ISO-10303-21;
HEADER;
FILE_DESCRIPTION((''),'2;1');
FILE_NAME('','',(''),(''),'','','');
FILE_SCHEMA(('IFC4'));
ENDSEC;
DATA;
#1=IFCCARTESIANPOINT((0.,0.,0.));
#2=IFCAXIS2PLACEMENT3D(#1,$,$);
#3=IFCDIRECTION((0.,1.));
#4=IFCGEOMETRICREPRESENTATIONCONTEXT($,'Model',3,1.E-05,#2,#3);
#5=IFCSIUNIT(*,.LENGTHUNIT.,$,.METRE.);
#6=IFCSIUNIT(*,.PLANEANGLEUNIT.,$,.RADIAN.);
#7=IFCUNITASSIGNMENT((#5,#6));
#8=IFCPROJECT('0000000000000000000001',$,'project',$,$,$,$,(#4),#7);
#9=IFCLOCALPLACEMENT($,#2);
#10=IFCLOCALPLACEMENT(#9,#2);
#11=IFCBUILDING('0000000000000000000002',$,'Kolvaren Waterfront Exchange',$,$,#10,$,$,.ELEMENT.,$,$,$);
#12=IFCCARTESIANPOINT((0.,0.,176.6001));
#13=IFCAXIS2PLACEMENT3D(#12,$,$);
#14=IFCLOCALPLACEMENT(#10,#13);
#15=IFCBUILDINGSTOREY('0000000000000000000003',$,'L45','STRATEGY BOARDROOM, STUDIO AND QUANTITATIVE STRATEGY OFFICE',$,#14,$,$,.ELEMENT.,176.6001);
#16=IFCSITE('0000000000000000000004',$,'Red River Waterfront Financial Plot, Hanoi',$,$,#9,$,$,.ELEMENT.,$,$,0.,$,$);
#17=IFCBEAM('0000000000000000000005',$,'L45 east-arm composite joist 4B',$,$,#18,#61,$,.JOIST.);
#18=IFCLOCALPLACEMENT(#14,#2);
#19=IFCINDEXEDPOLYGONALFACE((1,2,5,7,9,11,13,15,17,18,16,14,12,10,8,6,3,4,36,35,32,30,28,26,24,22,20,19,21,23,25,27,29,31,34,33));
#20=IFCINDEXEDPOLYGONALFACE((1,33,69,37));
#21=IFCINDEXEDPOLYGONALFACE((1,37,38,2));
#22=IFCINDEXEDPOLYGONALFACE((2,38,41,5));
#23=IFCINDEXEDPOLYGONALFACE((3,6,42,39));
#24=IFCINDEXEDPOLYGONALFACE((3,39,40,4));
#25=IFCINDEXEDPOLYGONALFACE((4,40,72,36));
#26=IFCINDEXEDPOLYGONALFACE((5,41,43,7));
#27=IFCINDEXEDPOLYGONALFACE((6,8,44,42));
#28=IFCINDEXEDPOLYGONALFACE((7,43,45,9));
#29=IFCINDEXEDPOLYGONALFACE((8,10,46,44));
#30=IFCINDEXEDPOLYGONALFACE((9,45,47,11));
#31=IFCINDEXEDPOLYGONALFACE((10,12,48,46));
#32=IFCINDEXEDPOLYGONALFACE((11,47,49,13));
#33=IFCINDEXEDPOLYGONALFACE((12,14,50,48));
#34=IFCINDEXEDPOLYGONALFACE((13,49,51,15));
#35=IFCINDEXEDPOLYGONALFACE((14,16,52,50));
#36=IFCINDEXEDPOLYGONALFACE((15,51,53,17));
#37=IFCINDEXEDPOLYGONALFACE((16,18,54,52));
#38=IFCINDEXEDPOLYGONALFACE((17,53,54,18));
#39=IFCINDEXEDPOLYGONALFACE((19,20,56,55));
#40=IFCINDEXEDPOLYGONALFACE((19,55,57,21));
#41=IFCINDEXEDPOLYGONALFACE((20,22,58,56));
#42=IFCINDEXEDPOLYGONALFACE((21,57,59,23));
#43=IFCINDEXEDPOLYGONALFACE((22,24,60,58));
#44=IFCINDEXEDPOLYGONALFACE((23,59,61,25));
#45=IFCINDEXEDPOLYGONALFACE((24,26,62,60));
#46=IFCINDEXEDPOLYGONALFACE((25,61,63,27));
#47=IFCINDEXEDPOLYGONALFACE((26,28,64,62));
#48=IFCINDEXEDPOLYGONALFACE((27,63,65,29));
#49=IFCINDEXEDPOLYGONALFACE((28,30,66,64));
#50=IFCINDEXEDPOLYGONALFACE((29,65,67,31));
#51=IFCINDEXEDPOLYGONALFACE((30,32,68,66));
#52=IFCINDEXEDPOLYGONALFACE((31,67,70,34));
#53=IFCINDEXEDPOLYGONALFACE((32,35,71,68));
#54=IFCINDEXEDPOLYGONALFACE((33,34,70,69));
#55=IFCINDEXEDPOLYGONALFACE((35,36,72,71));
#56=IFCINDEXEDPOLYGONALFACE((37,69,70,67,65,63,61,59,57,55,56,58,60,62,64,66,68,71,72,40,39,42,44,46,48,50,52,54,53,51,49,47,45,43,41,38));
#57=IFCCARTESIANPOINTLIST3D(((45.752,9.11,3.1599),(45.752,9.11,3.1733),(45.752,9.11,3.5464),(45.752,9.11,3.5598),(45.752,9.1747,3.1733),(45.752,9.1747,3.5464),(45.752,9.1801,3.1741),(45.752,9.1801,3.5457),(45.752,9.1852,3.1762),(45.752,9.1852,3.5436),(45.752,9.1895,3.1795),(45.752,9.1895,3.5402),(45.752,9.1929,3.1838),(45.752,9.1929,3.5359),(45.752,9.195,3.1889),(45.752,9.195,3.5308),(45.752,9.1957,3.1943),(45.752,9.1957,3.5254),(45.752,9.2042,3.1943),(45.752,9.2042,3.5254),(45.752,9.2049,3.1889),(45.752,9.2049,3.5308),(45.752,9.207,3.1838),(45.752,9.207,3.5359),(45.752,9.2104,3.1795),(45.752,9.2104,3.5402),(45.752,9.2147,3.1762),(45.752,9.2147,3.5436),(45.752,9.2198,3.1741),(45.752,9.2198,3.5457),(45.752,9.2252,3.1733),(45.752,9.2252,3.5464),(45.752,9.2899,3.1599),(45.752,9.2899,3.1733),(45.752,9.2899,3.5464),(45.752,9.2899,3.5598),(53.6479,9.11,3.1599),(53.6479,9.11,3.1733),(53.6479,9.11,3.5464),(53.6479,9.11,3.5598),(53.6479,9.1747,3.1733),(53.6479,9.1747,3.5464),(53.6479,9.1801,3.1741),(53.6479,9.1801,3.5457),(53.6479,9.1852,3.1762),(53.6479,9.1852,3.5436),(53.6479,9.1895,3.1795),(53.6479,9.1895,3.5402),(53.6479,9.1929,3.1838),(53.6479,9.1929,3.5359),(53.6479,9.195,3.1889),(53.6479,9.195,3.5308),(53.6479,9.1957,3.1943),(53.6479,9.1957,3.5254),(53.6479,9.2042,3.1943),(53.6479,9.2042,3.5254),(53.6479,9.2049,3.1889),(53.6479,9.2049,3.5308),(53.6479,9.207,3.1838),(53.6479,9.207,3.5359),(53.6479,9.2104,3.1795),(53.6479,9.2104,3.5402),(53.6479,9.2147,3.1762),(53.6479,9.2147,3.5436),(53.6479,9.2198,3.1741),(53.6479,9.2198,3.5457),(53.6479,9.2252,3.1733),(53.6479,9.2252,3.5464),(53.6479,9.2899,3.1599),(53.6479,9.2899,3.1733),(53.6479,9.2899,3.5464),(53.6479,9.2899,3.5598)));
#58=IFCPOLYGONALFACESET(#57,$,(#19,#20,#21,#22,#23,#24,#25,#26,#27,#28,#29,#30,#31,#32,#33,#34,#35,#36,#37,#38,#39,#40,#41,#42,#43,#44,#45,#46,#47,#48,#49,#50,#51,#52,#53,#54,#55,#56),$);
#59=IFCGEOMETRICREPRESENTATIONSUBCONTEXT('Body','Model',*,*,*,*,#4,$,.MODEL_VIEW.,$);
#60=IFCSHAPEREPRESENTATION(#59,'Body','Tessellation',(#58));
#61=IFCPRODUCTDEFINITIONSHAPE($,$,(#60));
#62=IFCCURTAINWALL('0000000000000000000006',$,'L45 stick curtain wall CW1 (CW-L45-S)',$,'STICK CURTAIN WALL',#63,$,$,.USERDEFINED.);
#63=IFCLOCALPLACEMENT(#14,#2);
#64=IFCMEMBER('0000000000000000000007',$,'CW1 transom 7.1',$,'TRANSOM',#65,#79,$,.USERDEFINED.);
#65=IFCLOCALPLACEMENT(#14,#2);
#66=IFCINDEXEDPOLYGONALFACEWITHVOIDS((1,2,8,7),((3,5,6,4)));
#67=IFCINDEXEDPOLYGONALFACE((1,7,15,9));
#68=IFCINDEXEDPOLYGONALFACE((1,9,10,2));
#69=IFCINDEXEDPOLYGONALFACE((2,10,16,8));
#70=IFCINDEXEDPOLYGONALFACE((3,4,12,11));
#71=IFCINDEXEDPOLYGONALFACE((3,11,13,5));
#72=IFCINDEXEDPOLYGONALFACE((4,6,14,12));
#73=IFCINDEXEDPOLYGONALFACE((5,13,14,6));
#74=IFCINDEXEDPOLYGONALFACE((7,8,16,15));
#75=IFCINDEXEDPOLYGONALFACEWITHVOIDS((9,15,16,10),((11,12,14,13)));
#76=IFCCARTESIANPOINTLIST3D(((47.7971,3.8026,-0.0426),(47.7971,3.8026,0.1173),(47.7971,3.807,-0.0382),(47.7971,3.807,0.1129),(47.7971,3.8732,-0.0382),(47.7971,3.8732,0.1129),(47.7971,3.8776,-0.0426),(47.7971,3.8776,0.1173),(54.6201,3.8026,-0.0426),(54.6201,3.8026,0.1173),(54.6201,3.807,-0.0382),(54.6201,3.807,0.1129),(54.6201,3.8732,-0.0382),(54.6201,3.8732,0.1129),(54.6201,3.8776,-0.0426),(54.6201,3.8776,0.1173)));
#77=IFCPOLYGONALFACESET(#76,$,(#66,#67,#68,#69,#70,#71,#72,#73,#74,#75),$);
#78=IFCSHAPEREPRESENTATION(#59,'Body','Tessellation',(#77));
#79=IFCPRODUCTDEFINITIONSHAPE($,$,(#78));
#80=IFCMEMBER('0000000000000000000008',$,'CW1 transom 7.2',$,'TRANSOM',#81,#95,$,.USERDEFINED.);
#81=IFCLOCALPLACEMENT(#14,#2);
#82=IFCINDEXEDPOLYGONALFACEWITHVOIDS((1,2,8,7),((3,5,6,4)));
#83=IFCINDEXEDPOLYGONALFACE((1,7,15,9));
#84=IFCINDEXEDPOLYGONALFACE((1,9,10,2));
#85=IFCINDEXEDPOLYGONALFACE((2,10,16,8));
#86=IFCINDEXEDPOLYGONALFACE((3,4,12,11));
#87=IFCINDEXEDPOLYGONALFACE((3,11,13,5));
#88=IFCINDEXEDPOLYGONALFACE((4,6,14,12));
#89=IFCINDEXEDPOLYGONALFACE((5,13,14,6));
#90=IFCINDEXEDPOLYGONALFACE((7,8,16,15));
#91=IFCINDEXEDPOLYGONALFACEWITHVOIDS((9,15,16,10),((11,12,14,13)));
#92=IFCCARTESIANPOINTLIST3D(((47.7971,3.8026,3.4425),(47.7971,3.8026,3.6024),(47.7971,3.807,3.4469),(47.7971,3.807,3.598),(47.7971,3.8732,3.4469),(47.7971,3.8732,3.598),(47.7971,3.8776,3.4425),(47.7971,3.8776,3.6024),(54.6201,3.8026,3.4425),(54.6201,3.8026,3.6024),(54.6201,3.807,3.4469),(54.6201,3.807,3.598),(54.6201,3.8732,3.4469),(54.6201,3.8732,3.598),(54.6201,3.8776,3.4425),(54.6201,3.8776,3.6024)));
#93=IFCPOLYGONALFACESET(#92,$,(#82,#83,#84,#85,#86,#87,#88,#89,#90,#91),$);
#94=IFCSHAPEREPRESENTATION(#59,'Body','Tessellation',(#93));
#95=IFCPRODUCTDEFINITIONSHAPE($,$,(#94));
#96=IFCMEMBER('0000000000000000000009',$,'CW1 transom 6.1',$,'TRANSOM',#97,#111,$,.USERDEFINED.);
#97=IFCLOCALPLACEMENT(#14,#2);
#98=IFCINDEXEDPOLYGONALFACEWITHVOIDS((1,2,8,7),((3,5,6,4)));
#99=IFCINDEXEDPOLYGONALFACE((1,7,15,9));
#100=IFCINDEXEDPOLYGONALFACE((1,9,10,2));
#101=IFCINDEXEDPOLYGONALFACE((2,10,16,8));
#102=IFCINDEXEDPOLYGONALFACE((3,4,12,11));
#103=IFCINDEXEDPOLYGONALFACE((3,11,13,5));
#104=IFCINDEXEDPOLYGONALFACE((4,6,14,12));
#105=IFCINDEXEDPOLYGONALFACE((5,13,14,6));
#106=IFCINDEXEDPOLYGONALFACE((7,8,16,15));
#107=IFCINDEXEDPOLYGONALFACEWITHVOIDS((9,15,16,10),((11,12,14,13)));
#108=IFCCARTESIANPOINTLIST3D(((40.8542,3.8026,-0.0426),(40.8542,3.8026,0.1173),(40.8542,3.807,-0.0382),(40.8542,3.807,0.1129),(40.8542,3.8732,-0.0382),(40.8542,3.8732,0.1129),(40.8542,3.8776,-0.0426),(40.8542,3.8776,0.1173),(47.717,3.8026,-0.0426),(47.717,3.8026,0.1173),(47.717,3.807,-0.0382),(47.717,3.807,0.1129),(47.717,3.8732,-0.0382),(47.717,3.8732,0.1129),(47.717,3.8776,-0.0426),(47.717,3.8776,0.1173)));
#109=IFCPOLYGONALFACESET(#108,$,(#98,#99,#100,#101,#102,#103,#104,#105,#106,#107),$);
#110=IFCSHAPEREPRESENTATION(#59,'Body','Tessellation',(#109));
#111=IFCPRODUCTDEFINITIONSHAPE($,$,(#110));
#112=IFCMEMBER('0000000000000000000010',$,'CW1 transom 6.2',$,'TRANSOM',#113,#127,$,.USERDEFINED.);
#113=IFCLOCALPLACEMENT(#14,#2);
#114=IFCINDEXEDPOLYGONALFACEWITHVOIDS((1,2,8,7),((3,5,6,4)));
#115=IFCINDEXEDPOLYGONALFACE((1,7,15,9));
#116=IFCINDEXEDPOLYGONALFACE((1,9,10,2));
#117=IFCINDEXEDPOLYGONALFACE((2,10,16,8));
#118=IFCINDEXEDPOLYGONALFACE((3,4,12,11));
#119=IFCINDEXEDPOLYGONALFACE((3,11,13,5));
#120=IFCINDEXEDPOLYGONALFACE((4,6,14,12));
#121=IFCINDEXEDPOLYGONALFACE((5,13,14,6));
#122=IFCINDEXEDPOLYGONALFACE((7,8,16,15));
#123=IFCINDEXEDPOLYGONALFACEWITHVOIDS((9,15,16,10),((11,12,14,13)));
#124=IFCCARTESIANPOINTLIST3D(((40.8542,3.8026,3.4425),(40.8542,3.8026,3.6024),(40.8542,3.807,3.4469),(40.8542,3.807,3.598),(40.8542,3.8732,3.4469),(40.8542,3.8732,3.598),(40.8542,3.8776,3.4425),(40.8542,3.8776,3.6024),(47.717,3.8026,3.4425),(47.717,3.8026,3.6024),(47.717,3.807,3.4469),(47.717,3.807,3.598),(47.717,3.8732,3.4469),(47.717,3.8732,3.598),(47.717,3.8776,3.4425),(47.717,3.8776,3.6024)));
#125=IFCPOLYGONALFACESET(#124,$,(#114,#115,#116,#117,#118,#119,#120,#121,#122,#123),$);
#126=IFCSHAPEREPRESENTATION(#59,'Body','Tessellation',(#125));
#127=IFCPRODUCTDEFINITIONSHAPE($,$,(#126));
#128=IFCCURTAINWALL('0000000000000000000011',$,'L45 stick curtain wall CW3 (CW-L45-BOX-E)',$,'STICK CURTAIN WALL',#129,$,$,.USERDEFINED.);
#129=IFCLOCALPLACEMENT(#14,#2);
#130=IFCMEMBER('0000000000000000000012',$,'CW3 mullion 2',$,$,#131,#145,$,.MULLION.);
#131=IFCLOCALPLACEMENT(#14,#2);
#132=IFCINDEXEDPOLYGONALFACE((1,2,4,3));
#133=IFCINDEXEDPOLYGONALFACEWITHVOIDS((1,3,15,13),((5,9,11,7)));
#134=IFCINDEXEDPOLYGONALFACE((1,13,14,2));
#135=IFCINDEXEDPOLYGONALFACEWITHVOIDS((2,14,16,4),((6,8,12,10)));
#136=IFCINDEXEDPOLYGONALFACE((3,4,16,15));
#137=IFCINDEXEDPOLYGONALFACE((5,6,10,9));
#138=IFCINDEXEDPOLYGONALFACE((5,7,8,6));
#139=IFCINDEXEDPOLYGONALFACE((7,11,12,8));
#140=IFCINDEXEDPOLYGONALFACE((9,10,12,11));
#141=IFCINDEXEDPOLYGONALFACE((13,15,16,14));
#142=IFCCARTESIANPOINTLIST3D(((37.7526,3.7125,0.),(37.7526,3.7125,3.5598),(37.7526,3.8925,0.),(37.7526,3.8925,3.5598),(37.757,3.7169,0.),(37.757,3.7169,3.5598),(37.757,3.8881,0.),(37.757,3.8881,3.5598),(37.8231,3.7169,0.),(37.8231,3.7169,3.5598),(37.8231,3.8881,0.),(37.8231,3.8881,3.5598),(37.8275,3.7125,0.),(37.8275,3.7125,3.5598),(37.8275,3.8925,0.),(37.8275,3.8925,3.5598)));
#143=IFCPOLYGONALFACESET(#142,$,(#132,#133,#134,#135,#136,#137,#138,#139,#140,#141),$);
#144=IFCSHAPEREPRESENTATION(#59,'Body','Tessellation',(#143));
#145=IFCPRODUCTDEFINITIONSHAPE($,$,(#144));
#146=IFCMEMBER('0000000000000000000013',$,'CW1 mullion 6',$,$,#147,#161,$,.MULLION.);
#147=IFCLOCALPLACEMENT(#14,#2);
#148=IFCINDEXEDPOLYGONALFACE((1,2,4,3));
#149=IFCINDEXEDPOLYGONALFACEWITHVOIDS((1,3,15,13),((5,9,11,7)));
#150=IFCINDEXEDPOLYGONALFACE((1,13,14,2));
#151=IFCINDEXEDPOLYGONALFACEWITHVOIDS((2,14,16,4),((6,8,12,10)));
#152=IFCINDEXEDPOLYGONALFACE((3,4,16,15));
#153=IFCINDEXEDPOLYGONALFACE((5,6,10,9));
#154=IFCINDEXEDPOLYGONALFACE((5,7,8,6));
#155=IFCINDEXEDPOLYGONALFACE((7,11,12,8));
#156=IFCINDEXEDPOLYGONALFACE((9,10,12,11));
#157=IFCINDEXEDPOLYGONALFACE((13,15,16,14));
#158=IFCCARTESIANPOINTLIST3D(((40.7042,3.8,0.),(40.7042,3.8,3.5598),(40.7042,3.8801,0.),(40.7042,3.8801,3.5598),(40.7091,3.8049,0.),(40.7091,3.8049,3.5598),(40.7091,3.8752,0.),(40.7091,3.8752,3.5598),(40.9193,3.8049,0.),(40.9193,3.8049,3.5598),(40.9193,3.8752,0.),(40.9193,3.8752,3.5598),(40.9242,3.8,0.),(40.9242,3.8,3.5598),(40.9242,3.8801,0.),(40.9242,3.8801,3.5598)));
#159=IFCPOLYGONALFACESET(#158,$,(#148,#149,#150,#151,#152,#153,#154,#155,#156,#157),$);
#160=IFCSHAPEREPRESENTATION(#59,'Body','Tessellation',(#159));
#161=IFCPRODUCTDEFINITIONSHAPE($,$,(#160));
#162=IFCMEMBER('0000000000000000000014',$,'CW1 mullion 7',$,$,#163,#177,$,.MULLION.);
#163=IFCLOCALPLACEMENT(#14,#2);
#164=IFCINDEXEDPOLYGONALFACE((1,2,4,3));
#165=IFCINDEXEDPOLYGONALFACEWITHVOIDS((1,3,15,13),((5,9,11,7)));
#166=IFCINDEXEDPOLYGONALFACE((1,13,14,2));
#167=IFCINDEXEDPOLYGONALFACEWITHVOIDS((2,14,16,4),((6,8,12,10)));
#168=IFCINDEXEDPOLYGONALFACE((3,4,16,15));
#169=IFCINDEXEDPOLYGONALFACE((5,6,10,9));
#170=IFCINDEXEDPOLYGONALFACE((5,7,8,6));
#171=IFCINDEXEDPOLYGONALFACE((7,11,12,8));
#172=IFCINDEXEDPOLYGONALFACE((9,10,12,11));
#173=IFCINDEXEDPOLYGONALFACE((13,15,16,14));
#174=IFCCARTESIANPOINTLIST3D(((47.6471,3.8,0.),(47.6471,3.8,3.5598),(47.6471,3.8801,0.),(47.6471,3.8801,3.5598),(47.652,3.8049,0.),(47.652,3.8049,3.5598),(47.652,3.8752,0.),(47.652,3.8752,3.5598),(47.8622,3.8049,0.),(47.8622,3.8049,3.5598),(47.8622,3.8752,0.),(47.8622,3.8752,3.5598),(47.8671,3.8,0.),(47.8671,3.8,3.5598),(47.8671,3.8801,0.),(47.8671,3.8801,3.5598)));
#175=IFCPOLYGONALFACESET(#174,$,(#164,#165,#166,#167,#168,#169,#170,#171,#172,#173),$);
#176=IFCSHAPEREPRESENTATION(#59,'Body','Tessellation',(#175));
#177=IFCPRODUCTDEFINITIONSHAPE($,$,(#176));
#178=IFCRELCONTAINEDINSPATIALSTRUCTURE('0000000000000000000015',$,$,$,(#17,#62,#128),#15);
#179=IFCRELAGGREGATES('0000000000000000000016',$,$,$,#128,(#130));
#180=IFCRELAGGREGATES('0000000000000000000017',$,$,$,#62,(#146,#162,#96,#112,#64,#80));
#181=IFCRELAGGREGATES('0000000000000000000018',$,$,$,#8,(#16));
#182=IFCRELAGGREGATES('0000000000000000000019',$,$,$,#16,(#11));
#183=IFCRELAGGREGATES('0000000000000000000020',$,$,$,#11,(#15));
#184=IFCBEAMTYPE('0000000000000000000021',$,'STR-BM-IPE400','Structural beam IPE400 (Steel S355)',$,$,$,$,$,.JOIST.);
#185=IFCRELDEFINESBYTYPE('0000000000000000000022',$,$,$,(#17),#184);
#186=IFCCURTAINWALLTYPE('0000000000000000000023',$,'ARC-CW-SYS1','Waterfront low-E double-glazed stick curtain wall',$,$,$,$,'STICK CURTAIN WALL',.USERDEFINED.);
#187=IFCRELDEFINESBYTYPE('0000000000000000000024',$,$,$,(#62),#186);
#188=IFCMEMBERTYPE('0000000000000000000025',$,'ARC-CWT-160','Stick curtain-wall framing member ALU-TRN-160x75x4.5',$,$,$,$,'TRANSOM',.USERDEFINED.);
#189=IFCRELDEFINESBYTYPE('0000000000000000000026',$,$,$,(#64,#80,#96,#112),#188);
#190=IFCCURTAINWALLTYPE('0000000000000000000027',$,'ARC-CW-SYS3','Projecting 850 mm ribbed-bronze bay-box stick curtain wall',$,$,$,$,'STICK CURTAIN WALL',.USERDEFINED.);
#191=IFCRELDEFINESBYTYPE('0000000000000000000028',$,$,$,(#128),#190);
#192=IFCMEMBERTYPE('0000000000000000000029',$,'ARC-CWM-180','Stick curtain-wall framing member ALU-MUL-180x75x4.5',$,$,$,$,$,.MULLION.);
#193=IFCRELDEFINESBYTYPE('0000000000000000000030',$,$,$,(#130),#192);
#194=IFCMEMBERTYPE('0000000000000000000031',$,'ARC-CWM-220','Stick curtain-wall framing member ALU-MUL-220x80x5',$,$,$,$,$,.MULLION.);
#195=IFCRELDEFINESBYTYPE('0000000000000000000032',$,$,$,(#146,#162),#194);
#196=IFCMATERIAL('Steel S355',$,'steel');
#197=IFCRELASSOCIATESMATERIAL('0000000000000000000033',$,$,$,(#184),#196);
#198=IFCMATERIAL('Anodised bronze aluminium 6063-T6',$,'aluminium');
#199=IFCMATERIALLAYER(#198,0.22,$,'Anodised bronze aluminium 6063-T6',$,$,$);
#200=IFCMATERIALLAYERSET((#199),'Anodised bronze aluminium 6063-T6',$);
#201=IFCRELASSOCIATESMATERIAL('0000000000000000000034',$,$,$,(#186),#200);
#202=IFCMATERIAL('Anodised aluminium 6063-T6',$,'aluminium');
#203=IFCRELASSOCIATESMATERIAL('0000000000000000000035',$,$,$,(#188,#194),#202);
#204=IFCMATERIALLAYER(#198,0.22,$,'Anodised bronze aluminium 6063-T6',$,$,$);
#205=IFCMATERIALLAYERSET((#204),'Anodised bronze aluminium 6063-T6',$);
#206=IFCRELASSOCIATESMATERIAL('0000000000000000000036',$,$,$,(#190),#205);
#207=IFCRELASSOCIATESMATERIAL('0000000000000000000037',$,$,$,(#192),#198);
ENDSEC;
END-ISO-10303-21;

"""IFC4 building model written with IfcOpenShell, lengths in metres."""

from ifc_helpers import new_model, si_unit, direction, frame, origin, origin_with_axes, origin_2d, place, context, subcontext, project, spatial, hollow_rectangle, i_section, extrude, source, transform, mapped, material, layer, layer_set, material_profile, profile_set, type_object, element, aggregate, save


model = new_model("IFC4")

# Units and contexts
model_context = context("Model", 3, precision=1e-05, world=origin(), true_north=direction((0.0, 1.0)))
body_context = subcontext(model_context, "Body", "Model", "MODEL_VIEW")
ifc_project = project(units=[si_unit("LENGTHUNIT", "METRE"), si_unit("PLANEANGLEUNIT", "RADIAN")], contexts=[model_context])

# Site, building, storey
site_placement = place(None, origin())
site = spatial("IfcSite", under=ifc_project, at=site_placement, Name="Red River Waterfront Financial Plot, Hanoi", CompositionType="ELEMENT", RefElevation=0.0)
building_placement = place(site_placement, origin())
building = spatial("IfcBuilding", under=site, at=building_placement, Name="Kolvaren Waterfront Exchange", CompositionType="ELEMENT")
storey_placement = place(building_placement, frame((0.0, 0.0, 176.6001)))
storey = spatial("IfcBuildingStorey", under=building, at=storey_placement, Name="L45", Description="STRATEGY BOARDROOM, STUDIO AND QUANTITATIVE STRATEGY OFFICE", CompositionType="ELEMENT", Elevation=176.6001)

# Beam
ifc_material_1 = material(Name="Steel S355", Category="steel")
ifc_material_profile_1 = material_profile(ifc_material_1, i_section(OverallWidth=0.1799, OverallDepth=0.3999, WebThickness=0.0085, FlangeThickness=0.0134, FilletRadius=0.021, at=origin_2d()), Name="IPE400")
ifc_profile_set_1 = profile_set([ifc_material_profile_1], Name="Steel S355")
beam_type_1 = type_object("IfcBeamType", Name="STR-BM-IPE400", Description="Structural beam IPE400 (Steel S355)", PredefinedType="JOIST", material=ifc_profile_set_1)
beam_1_placement = place(storey_placement, frame((45.752, 9.2, 3.3599), z_axis=(1.0, 0.0, 0.0), x_axis=(0.0, 1.0, 0.0)))
element("IfcBeam", 1, at=beam_1_placement, inside=storey, type_object=beam_type_1, Name="L45 east-arm composite joist 4B", PredefinedType="JOIST", context=body_context, shape_type="SweptSolid", body=[
    extrude(i_section(OverallWidth=0.1799, OverallDepth=0.3999, WebThickness=0.0085, FlangeThickness=0.0134, FilletRadius=0.021, at=origin_2d()), origin(), (0.0, 0.0, 1.0), 7.896),
])

# Curtain wall, members
ifc_material_2 = material(Name="Anodised bronze aluminium 6063-T6", Category="aluminium")
ifc_layer_1 = layer(ifc_material_2, 0.22, Name="Anodised bronze aluminium 6063-T6")
ifc_layer_set_1 = layer_set([ifc_layer_1], Name="Anodised bronze aluminium 6063-T6")
curtain_wall_type_1 = type_object("IfcCurtainWallType", Name="ARC-CW-SYS1", Description="Waterfront low-E double-glazed stick curtain wall", ElementType="STICK CURTAIN WALL", PredefinedType="USERDEFINED", material=ifc_layer_set_1)
curtain_wall_1_placement = place(storey_placement, origin())
curtain_wall_1 = element("IfcCurtainWall", 2, at=curtain_wall_1_placement, inside=storey, type_object=curtain_wall_type_1, Name="L45 stick curtain wall CW1 (CW-L45-S)", ObjectType="STICK CURTAIN WALL", PredefinedType="USERDEFINED")
ifc_material_3 = material(Name="Anodised aluminium 6063-T6", Category="aluminium")
ifc_material_profile_2 = material_profile(ifc_material_3, hollow_rectangle(XDim=0.075, YDim=0.1599, WallThickness=0.0044, at=origin_2d()), Name="ALU-TRN-160x75x4.5")
ifc_profile_set_2 = profile_set([ifc_material_profile_2], Name="Anodised aluminium 6063-T6")
member_type_1 = type_object("IfcMemberType", Name="ARC-CWT-160", Description="Stick curtain-wall framing member ALU-TRN-160x75x4.5", ElementType="TRANSOM", PredefinedType="USERDEFINED", material=ifc_profile_set_2)
shared_shape_1 = source(origin_with_axes(), body_context, "Body", "SweptSolid", [
    extrude(hollow_rectangle(XDim=0.075, YDim=0.1599, WallThickness=0.0044, at=origin_2d()), origin(), (0.0, 0.0, 1.0), 6.823),
])
member_1_placement = place(storey_placement, frame((47.7971, 3.8401, 0.0374), z_axis=(1.0, 0.0, 0.0), x_axis=(0.0, 1.0, 0.0)))
member_1 = element("IfcMember", 3, at=member_1_placement, type_object=member_type_1, Name="CW1 transom 7.1", ObjectType="TRANSOM", PredefinedType="USERDEFINED", context=body_context, shape_type="MappedRepresentation", body=[
    mapped(shared_shape_1, transform((0.0, 0.0, 0.0), x_axis=(1.0, 0.0, 0.0), y_axis=(0.0, 1.0, 0.0), z_axis=(0.0, 0.0, 1.0), scale=1.0)),
])
member_2_placement = place(storey_placement, frame((47.7971, 3.8401, 3.5225), z_axis=(1.0, 0.0, 0.0), x_axis=(0.0, 1.0, 0.0)))
member_2 = element("IfcMember", 4, at=member_2_placement, type_object=member_type_1, Name="CW1 transom 7.2", ObjectType="TRANSOM", PredefinedType="USERDEFINED", context=body_context, shape_type="MappedRepresentation", body=[
    mapped(shared_shape_1, transform((0.0, 0.0, 0.0), x_axis=(1.0, 0.0, 0.0), y_axis=(0.0, 1.0, 0.0), z_axis=(0.0, 0.0, 1.0), scale=1.0)),
])
shared_shape_2 = source(origin_with_axes(), body_context, "Body", "SweptSolid", [
    extrude(hollow_rectangle(XDim=0.075, YDim=0.1599, WallThickness=0.0044, at=origin_2d()), origin(), (0.0, 0.0, 1.0), 6.8628),
])
member_3_placement = place(storey_placement, frame((40.8542, 3.8401, 0.0374), z_axis=(1.0, 0.0, 0.0), x_axis=(0.0, 1.0, 0.0)))
member_3 = element("IfcMember", 5, at=member_3_placement, type_object=member_type_1, Name="CW1 transom 6.1", ObjectType="TRANSOM", PredefinedType="USERDEFINED", context=body_context, shape_type="MappedRepresentation", body=[
    mapped(shared_shape_2, transform((0.0, 0.0, 0.0), x_axis=(1.0, 0.0, 0.0), y_axis=(0.0, 1.0, 0.0), z_axis=(0.0, 0.0, 1.0), scale=1.0)),
])
member_4_placement = place(storey_placement, frame((40.8542, 3.8401, 3.5225), z_axis=(1.0, 0.0, 0.0), x_axis=(0.0, 1.0, 0.0)))
member_4 = element("IfcMember", 6, at=member_4_placement, type_object=member_type_1, Name="CW1 transom 6.2", ObjectType="TRANSOM", PredefinedType="USERDEFINED", context=body_context, shape_type="MappedRepresentation", body=[
    mapped(shared_shape_2, transform((0.0, 0.0, 0.0), x_axis=(1.0, 0.0, 0.0), y_axis=(0.0, 1.0, 0.0), z_axis=(0.0, 0.0, 1.0), scale=1.0)),
])

# Curtain wall, member
ifc_layer_2 = layer(ifc_material_2, 0.22, Name="Anodised bronze aluminium 6063-T6")
ifc_layer_set_2 = layer_set([ifc_layer_2], Name="Anodised bronze aluminium 6063-T6")
curtain_wall_type_2 = type_object("IfcCurtainWallType", Name="ARC-CW-SYS3", Description="Projecting 850 mm ribbed-bronze bay-box stick curtain wall", ElementType="STICK CURTAIN WALL", PredefinedType="USERDEFINED", material=ifc_layer_set_2)
curtain_wall_2_placement = place(storey_placement, origin())
curtain_wall_2 = element("IfcCurtainWall", 7, at=curtain_wall_2_placement, inside=storey, type_object=curtain_wall_type_2, Name="L45 stick curtain wall CW3 (CW-L45-BOX-E)", ObjectType="STICK CURTAIN WALL", PredefinedType="USERDEFINED")
ifc_material_profile_3 = material_profile(ifc_material_2, hollow_rectangle(XDim=0.075, YDim=0.1799, WallThickness=0.0044, at=origin_2d()), Name="ALU-MUL-180x75x4.5")
ifc_profile_set_3 = profile_set([ifc_material_profile_3], Name="Anodised bronze aluminium 6063-T6")
member_type_2 = type_object("IfcMemberType", Name="ARC-CWM-180", Description="Stick curtain-wall framing member ALU-MUL-180x75x4.5", PredefinedType="MULLION", material=ifc_profile_set_3)
shared_shape_3 = source(origin_with_axes(), body_context, "Body", "SweptSolid", [
    extrude(hollow_rectangle(XDim=0.075, YDim=0.1799, WallThickness=0.0044, at=origin_2d()), origin(), (0.0, 0.0, 1.0), 3.5598),
])
member_5_placement = place(storey_placement, frame((37.79, 3.8025, 0.0), z_axis=(0.0, 0.0, 1.0), x_axis=(-1.0, 0.0, 0.0)))
member_5 = element("IfcMember", 8, at=member_5_placement, type_object=member_type_2, Name="CW3 mullion 2", PredefinedType="MULLION", context=body_context, shape_type="MappedRepresentation", body=[
    mapped(shared_shape_3, transform((0.0, 0.0, 0.0), x_axis=(1.0, 0.0, 0.0), y_axis=(0.0, 1.0, 0.0), z_axis=(0.0, 0.0, 1.0), scale=1.0)),
])
aggregate(curtain_wall_2, [member_5])

# Members
ifc_material_profile_4 = material_profile(ifc_material_3, hollow_rectangle(XDim=0.0801, YDim=0.22, WallThickness=0.0049, at=origin_2d()), Name="ALU-MUL-220x80x5")
ifc_profile_set_4 = profile_set([ifc_material_profile_4], Name="Anodised aluminium 6063-T6")
member_type_3 = type_object("IfcMemberType", Name="ARC-CWM-220", Description="Stick curtain-wall framing member ALU-MUL-220x80x5", PredefinedType="MULLION", material=ifc_profile_set_4)
shared_shape_4 = source(origin_with_axes(), body_context, "Body", "SweptSolid", [
    extrude(hollow_rectangle(XDim=0.0801, YDim=0.22, WallThickness=0.0049, at=origin_2d()), origin(), (0.0, 0.0, 1.0), 3.5598),
])
member_6_placement = place(storey_placement, frame((40.8142, 3.8401, 0.0), z_axis=(0.0, 0.0, 1.0), x_axis=(0.0, 1.0, 0.0)))
member_6 = element("IfcMember", 9, at=member_6_placement, type_object=member_type_3, Name="CW1 mullion 6", PredefinedType="MULLION", context=body_context, shape_type="MappedRepresentation", body=[
    mapped(shared_shape_4, transform((0.0, 0.0, 0.0), x_axis=(1.0, 0.0, 0.0), y_axis=(0.0, 1.0, 0.0), z_axis=(0.0, 0.0, 1.0), scale=1.0)),
])
member_7_placement = place(storey_placement, frame((47.7571, 3.8401, 0.0), z_axis=(0.0, 0.0, 1.0), x_axis=(0.0, 1.0, 0.0)))
member_7 = element("IfcMember", 10, at=member_7_placement, type_object=member_type_3, Name="CW1 mullion 7", PredefinedType="MULLION", context=body_context, shape_type="MappedRepresentation", body=[
    mapped(shared_shape_4, transform((0.0, 0.0, 0.0), x_axis=(1.0, 0.0, 0.0), y_axis=(0.0, 1.0, 0.0), z_axis=(0.0, 0.0, 1.0), scale=1.0)),
])

aggregate(curtain_wall_1, [member_6, member_7, member_3, member_4, member_1, member_2])

save(model, "model.ifc")
